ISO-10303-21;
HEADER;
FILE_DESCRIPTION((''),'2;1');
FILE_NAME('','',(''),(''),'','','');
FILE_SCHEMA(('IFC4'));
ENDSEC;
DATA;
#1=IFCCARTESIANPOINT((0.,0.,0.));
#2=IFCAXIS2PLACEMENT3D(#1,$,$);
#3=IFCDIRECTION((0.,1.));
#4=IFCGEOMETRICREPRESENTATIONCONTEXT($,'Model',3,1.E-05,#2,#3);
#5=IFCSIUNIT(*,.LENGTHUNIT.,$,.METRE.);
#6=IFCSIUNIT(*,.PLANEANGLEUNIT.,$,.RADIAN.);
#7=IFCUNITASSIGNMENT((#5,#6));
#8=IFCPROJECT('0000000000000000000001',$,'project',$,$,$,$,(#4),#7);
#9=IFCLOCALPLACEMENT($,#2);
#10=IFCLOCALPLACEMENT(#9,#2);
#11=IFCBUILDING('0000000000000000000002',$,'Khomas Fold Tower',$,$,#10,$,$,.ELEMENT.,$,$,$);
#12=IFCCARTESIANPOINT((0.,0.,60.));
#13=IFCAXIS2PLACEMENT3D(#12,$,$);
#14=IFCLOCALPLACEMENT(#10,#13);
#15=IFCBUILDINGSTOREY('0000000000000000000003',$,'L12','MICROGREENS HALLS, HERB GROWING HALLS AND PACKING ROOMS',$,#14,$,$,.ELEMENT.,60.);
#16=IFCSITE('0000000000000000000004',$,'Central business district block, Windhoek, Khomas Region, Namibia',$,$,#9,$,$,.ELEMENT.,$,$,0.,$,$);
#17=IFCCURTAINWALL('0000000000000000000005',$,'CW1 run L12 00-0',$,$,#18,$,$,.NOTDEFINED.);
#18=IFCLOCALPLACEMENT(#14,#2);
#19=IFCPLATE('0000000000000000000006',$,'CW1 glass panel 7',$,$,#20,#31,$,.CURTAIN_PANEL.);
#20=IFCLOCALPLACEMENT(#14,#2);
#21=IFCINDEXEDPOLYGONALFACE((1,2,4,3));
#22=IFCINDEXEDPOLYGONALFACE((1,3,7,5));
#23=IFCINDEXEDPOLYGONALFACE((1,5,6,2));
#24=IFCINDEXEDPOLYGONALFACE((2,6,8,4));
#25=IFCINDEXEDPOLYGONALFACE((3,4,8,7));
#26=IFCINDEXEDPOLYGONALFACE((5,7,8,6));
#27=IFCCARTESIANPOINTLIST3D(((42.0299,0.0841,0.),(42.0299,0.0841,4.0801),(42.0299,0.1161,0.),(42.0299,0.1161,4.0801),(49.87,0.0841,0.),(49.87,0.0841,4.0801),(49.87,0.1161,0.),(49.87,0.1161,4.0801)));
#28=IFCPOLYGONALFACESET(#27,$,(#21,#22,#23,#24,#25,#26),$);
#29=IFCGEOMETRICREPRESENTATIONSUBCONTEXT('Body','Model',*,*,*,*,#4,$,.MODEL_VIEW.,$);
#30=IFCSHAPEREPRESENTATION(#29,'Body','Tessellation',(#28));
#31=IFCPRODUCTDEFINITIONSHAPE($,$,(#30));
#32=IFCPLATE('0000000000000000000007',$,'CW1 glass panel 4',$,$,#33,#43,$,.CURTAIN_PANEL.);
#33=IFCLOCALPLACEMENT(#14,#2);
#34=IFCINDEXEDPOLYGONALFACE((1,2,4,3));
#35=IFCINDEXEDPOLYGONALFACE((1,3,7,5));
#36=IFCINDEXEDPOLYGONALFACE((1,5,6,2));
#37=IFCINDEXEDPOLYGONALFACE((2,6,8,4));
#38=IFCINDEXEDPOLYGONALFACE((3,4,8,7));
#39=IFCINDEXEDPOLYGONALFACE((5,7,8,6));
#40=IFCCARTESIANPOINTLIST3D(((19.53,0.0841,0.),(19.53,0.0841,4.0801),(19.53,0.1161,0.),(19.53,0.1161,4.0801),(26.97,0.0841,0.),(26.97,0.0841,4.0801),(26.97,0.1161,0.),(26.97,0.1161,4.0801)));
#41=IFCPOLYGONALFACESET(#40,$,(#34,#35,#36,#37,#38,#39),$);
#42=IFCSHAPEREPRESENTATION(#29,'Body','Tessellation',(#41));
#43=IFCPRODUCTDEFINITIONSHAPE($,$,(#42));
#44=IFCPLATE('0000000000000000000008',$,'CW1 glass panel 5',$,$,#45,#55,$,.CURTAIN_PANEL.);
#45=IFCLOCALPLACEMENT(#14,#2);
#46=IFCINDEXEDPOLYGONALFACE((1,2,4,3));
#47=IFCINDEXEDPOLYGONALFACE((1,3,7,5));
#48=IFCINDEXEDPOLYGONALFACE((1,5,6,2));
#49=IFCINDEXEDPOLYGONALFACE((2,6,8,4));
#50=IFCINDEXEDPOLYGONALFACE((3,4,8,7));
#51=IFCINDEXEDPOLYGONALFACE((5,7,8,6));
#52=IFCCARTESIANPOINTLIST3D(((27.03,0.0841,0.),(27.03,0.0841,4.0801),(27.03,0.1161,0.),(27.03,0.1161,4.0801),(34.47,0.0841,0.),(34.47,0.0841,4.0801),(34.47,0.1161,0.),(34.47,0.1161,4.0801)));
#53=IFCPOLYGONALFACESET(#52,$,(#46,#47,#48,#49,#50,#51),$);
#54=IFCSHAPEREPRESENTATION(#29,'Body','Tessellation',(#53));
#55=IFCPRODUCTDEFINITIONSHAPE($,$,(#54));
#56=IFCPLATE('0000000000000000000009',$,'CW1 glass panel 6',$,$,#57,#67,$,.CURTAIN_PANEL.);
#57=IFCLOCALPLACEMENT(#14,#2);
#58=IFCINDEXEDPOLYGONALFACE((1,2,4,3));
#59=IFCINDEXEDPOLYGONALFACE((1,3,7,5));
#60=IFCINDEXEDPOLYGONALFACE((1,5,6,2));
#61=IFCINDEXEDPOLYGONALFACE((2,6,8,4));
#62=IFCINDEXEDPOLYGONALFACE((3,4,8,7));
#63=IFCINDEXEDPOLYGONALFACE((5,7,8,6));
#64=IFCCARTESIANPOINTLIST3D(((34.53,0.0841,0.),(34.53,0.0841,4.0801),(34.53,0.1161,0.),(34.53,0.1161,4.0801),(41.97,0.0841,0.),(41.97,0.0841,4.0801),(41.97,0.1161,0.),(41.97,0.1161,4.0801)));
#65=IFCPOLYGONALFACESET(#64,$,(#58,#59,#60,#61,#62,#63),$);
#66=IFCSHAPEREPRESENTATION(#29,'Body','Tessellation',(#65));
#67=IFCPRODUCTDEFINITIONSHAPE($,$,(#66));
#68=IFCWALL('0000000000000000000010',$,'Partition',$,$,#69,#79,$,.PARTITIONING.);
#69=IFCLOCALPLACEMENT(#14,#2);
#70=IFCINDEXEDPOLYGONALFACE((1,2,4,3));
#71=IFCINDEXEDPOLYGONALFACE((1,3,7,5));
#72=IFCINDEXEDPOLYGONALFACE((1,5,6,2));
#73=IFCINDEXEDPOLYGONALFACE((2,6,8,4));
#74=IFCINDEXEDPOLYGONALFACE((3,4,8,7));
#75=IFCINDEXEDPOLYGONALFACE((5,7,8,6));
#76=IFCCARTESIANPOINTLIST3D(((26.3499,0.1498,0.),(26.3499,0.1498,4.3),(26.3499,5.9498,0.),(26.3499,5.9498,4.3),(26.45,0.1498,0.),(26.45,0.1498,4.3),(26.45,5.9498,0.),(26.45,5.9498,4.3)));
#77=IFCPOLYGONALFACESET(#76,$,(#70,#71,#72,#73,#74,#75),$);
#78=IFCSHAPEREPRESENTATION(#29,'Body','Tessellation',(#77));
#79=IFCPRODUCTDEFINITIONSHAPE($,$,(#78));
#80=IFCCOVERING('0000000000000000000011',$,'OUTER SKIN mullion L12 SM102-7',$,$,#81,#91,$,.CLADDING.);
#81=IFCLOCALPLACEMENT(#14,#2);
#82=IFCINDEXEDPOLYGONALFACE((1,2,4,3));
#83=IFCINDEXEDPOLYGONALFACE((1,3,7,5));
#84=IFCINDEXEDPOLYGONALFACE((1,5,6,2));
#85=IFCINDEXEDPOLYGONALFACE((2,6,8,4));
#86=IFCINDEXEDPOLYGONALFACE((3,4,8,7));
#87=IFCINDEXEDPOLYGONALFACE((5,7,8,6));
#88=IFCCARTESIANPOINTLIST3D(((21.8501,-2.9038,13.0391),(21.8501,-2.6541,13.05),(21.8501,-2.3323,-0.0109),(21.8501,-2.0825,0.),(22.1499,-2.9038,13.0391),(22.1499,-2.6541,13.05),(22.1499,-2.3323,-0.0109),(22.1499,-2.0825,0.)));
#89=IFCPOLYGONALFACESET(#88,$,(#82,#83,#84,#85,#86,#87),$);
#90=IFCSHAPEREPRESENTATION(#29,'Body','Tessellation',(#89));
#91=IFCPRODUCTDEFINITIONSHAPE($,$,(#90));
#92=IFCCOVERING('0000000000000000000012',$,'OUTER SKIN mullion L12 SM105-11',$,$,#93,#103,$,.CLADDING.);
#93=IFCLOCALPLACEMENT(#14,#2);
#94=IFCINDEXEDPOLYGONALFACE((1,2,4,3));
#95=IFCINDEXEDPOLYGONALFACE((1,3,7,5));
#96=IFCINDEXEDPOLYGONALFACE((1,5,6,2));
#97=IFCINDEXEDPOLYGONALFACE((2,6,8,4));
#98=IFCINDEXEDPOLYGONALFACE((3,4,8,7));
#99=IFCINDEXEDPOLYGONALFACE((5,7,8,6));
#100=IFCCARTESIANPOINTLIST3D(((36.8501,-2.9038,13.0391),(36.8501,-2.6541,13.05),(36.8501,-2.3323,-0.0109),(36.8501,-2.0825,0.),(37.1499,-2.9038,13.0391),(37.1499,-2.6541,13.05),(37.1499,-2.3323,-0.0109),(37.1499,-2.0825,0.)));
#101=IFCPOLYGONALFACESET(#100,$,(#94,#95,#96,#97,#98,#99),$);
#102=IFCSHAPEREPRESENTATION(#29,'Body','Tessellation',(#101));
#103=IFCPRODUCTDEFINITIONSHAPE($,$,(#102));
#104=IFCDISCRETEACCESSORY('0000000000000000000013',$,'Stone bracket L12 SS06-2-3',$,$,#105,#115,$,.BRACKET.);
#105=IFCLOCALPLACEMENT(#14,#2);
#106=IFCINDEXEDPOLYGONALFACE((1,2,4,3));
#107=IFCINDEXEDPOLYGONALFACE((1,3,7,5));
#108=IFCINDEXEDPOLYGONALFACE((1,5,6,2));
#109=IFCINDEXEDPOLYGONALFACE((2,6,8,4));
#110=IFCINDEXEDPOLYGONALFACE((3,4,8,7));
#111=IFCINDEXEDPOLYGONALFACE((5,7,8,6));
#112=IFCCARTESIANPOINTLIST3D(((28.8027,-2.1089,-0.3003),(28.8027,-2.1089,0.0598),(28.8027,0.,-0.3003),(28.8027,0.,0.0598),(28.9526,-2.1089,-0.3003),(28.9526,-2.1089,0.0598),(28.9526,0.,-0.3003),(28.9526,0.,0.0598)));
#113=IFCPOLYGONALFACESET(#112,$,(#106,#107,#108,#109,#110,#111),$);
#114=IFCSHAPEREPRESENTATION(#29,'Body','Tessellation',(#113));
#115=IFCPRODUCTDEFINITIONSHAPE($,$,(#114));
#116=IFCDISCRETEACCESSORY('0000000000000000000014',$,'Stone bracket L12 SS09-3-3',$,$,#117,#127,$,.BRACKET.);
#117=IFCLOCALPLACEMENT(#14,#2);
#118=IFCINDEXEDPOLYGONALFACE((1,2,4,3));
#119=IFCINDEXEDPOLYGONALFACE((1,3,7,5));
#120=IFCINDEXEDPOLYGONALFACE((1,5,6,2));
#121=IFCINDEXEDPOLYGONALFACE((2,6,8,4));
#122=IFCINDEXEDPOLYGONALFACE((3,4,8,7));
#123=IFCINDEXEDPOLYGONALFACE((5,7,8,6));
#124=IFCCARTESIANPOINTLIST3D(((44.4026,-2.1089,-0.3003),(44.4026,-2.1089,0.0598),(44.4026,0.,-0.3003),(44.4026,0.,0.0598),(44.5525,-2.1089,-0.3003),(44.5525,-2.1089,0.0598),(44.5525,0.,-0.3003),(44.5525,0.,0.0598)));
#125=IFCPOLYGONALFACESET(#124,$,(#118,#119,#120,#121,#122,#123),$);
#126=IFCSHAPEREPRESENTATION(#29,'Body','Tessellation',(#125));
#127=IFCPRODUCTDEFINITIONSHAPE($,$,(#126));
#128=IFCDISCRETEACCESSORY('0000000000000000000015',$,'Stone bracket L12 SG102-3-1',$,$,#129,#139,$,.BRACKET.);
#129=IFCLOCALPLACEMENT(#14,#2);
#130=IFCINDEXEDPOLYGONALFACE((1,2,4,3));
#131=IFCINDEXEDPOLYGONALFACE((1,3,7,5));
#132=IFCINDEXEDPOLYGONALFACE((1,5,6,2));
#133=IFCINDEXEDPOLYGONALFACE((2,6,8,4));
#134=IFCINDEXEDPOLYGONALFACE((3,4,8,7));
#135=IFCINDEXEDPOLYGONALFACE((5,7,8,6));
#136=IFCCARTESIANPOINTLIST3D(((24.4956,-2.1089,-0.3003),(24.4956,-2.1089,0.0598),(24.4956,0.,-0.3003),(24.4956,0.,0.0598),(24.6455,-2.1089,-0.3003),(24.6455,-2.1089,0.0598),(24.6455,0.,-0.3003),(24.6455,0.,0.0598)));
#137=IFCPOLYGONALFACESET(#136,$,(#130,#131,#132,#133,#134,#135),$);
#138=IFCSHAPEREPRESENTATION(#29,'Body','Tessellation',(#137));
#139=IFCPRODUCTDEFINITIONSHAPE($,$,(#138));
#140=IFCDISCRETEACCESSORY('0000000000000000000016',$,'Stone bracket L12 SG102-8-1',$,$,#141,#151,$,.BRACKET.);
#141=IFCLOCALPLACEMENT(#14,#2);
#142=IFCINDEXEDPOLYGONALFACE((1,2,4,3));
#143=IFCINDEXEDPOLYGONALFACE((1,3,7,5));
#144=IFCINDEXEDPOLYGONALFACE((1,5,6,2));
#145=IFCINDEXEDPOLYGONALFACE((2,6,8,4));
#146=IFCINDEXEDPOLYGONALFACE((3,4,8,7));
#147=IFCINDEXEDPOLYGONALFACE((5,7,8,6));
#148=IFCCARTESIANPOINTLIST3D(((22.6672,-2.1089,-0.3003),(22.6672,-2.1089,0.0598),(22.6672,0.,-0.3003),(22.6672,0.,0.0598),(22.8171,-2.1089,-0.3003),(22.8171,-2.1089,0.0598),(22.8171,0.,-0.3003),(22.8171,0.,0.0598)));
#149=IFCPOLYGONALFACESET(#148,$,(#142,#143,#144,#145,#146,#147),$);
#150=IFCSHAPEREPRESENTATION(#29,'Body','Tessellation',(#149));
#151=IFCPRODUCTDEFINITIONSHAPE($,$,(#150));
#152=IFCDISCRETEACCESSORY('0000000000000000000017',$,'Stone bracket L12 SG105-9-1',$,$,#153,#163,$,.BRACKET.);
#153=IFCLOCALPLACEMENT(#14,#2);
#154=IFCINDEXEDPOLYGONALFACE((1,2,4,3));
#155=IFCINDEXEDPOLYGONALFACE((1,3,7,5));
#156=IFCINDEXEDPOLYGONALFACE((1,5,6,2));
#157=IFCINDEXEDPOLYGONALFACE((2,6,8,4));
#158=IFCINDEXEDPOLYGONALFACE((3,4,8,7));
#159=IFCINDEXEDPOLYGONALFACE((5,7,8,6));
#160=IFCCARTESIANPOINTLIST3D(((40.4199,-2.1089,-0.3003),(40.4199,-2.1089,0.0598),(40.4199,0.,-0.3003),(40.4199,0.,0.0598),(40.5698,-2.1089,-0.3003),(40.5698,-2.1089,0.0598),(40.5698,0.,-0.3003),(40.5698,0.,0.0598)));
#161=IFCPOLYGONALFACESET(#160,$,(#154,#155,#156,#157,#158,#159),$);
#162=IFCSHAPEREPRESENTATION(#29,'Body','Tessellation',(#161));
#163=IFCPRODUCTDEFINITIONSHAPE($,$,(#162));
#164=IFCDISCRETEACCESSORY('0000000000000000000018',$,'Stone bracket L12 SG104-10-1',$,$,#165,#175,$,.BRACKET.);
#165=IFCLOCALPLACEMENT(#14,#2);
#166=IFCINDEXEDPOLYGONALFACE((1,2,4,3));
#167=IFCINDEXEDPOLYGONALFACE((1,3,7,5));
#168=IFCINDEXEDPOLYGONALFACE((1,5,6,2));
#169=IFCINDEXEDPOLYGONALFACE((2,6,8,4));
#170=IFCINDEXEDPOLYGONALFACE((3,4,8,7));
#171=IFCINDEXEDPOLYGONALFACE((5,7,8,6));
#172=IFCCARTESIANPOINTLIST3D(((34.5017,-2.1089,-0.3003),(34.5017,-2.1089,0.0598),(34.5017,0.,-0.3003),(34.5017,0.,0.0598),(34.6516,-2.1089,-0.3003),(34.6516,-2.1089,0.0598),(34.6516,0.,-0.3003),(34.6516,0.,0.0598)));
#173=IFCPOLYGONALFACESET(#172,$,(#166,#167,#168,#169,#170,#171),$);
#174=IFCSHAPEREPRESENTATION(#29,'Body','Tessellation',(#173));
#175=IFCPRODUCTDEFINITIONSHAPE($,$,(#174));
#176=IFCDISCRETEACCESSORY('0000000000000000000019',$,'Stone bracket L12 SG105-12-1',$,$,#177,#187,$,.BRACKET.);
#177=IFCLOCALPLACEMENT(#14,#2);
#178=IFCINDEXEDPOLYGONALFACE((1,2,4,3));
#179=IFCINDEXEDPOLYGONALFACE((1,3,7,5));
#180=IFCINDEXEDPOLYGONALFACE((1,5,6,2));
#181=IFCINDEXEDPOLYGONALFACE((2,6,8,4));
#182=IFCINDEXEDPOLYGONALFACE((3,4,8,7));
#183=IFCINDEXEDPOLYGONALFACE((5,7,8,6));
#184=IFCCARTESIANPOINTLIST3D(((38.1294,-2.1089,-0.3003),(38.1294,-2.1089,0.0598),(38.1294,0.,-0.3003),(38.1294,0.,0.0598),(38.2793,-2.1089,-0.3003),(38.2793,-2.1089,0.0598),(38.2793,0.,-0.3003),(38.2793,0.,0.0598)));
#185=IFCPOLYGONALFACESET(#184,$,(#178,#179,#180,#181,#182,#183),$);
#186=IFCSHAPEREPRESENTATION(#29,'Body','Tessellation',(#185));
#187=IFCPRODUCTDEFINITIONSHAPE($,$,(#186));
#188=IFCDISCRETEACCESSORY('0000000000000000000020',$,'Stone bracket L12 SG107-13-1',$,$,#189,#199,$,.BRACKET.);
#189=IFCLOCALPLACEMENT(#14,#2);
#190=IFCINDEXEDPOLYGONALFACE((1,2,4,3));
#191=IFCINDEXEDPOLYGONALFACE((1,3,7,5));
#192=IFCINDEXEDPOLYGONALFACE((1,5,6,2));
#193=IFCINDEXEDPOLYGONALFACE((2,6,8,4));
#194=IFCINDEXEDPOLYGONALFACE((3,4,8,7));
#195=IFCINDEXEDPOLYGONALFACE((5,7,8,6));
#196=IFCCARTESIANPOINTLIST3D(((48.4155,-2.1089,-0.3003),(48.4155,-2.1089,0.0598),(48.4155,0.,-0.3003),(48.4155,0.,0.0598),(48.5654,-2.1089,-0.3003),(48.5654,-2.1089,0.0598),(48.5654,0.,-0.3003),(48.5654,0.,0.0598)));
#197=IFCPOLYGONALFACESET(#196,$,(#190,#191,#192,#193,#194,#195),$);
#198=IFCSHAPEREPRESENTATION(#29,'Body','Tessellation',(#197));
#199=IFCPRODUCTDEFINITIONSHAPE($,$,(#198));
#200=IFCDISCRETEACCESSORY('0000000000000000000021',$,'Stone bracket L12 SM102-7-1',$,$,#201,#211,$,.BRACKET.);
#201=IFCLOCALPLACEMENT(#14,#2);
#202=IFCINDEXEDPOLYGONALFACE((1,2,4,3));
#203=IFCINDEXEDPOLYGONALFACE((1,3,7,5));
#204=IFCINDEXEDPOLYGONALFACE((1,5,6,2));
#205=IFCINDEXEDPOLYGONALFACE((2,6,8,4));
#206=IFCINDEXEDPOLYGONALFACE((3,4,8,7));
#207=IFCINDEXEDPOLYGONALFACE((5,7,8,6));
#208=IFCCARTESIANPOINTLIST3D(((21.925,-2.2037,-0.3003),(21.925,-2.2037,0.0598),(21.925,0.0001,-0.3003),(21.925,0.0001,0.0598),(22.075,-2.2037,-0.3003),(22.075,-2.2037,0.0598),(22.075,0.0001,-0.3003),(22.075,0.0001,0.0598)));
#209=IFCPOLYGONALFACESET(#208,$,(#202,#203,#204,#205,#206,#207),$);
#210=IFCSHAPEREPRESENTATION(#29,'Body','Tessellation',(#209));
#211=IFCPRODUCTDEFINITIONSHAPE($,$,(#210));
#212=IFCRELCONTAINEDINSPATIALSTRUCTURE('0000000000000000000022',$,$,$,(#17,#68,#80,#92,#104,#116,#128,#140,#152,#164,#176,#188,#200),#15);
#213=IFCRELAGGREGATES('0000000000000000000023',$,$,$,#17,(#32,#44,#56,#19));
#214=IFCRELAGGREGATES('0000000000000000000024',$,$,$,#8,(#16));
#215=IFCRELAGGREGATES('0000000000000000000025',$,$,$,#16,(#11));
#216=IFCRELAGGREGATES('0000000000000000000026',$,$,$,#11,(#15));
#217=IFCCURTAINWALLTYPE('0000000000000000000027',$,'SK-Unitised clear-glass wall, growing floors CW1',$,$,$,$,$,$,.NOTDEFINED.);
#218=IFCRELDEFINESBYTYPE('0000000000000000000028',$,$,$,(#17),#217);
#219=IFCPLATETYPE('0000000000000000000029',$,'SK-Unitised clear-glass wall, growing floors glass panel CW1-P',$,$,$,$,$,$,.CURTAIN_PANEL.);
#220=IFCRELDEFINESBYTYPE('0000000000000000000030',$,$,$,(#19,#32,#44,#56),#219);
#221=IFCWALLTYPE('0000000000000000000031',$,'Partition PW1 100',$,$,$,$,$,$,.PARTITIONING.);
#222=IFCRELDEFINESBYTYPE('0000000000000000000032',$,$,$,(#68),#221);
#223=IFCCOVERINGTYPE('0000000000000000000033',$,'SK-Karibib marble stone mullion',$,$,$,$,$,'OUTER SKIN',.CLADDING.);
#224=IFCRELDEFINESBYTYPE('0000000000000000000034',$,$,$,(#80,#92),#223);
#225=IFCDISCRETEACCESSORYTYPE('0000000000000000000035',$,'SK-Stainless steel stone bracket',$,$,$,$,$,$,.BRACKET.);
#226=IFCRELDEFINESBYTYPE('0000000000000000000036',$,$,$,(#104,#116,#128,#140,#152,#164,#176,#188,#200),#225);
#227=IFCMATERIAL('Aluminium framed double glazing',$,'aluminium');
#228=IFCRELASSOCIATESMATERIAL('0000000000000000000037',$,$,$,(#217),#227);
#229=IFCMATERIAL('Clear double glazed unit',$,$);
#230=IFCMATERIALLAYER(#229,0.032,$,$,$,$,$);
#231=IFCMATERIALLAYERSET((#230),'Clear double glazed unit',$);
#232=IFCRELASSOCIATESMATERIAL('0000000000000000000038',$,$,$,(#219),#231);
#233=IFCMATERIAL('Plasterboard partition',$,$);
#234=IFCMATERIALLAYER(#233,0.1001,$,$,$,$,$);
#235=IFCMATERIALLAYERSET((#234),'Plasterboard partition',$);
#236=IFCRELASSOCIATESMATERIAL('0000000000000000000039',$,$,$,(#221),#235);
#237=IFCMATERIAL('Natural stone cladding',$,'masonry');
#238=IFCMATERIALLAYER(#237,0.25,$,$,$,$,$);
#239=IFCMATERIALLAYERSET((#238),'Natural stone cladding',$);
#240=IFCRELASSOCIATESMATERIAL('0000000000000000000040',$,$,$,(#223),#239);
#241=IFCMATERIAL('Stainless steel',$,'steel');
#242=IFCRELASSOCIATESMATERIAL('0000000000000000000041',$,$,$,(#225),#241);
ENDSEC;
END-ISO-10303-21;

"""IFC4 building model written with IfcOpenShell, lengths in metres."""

from ifc_helpers import new_model, si_unit, direction, frame, frame_2d, origin, origin_2d, place, context, subcontext, project, spatial, polyline, rectangle, outline, extrude, source, transform, mapped, material, layer, layer_set, type_object, element, aggregate, save


model = new_model("IFC4")

# Units and contexts
model_context = context("Model", 3, precision=1e-05, world=origin(), true_north=direction((0.0, 1.0)))
body_context = subcontext(model_context, "Body", "Model", "MODEL_VIEW")
ifc_project = project(units=[si_unit("LENGTHUNIT", "METRE"), si_unit("PLANEANGLEUNIT", "RADIAN")], contexts=[model_context])

# Site, building, storey
site_placement = place(None, origin())
site = spatial("IfcSite", under=ifc_project, at=site_placement, Name="Central business district block, Windhoek, Khomas Region, Namibia", CompositionType="ELEMENT", RefElevation=0.0)
building_placement = place(site_placement, origin())
building = spatial("IfcBuilding", under=site, at=building_placement, Name="Khomas Fold Tower", CompositionType="ELEMENT")
storey_placement = place(building_placement, frame((0.0, 0.0, 60.0)))
storey = spatial("IfcBuildingStorey", under=building, at=storey_placement, Name="L12", Description="MICROGREENS HALLS, HERB GROWING HALLS AND PACKING ROOMS", CompositionType="ELEMENT", Elevation=60.0)

# Curtain wall
ifc_material_1 = material(Name="Aluminium framed double glazing", Category="aluminium")
curtain_wall_type = type_object("IfcCurtainWallType", Name="SK-Unitised clear-glass wall, growing floors CW1", PredefinedType="NOTDEFINED", material=ifc_material_1)
curtain_wall_placement = place(storey_placement, origin())
curtain_wall = element("IfcCurtainWall", 1, at=curtain_wall_placement, inside=storey, type_object=curtain_wall_type, Name="CW1 run L12 00-0", PredefinedType="NOTDEFINED")

# Plates
ifc_material_2 = material(Name="Clear double glazed unit")
ifc_layer_1 = layer(ifc_material_2, 0.032)
ifc_layer_set_1 = layer_set([ifc_layer_1], Name="Clear double glazed unit")
plate_type_1 = type_object("IfcPlateType", Name="SK-Unitised clear-glass wall, growing floors glass panel CW1-P", PredefinedType="CURTAIN_PANEL", material=ifc_layer_set_1)
shared_shape_1 = source(origin(), body_context, "Body", "SweptSolid", [
    extrude(rectangle(XDim=7.8401, YDim=0.032, at=origin_2d()), origin(), (0.0, 0.0, 1.0), 4.0801),
])
plate_1_placement = place(storey_placement, frame((45.95, 0.1001, 0.0), z_axis=(0.0, 0.0, 1.0), x_axis=(1.0, 0.0, 0.0)))
plate_1 = element("IfcPlate", 2, at=plate_1_placement, type_object=plate_type_1, Name="CW1 glass panel 7", PredefinedType="CURTAIN_PANEL", context=body_context, shape_type="MappedRepresentation", body=[
    mapped(shared_shape_1, transform((0.0, 0.0, 0.0))),
])
shared_shape_2 = source(origin(), body_context, "Body", "SweptSolid", [
    extrude(rectangle(XDim=7.4399, YDim=0.032, at=origin_2d()), origin(), (0.0, 0.0, 1.0), 4.0801),
])
plate_2_placement = place(storey_placement, frame((23.25, 0.1001, 0.0), z_axis=(0.0, 0.0, 1.0), x_axis=(1.0, 0.0, 0.0)))
plate_2 = element("IfcPlate", 3, at=plate_2_placement, type_object=plate_type_1, Name="CW1 glass panel 4", PredefinedType="CURTAIN_PANEL", context=body_context, shape_type="MappedRepresentation", body=[
    mapped(shared_shape_2, transform((0.0, 0.0, 0.0))),
])
plate_3_placement = place(storey_placement, frame((30.75, 0.1001, 0.0), z_axis=(0.0, 0.0, 1.0), x_axis=(1.0, 0.0, 0.0)))
plate_3 = element("IfcPlate", 4, at=plate_3_placement, type_object=plate_type_1, Name="CW1 glass panel 5", PredefinedType="CURTAIN_PANEL", context=body_context, shape_type="MappedRepresentation", body=[
    mapped(shared_shape_2, transform((0.0, 0.0, 0.0))),
])
plate_4_placement = place(storey_placement, frame((38.25, 0.1001, 0.0), z_axis=(0.0, 0.0, 1.0), x_axis=(1.0, 0.0, 0.0)))
plate_4 = element("IfcPlate", 5, at=plate_4_placement, type_object=plate_type_1, Name="CW1 glass panel 6", PredefinedType="CURTAIN_PANEL", context=body_context, shape_type="MappedRepresentation", body=[
    mapped(shared_shape_2, transform((0.0, 0.0, 0.0))),
])
aggregate(curtain_wall, [plate_2, plate_3, plate_4, plate_1])

# Wall
ifc_material_3 = material(Name="Plasterboard partition")
ifc_layer_2 = layer(ifc_material_3, 0.1001)
ifc_layer_set_2 = layer_set([ifc_layer_2], Name="Plasterboard partition")
wall_type = type_object("IfcWallType", Name="Partition PW1 100", PredefinedType="PARTITIONING", material=ifc_layer_set_2)
shared_shape_3 = source(origin(), body_context, "Body", "SweptSolid", [
    extrude(rectangle(XDim=5.8, YDim=0.1001, at=frame_2d((2.8999, 0.0))), origin(), (0.0, 0.0, 1.0), 4.3),
])
wall_placement = place(storey_placement, frame((26.3999, 0.1499, 0.0), z_axis=(0.0, 0.0, 1.0), x_axis=(0.0, 1.0, 0.0)))
element("IfcWall", 6, at=wall_placement, inside=storey, type_object=wall_type, Name="Partition", PredefinedType="PARTITIONING", context=body_context, shape_type="MappedRepresentation", body=[
    mapped(shared_shape_3, transform((0.0, 0.0, 0.0))),
])

# Coverings
ifc_material_4 = material(Name="Natural stone cladding", Category="masonry")
ifc_layer_3 = layer(ifc_material_4, 0.25)
ifc_layer_set_3 = layer_set([ifc_layer_3], Name="Natural stone cladding")
covering_type = type_object("IfcCoveringType", Name="SK-Karibib marble stone mullion", ElementType="OUTER SKIN", PredefinedType="CLADDING", material=ifc_layer_set_3)
for number, where, z_axis, x_axis, name in (
    (7, (21.8501, -2.0825, 0.0), (0.0, 0.999042, 0.043754), (0.0, -0.043754, 0.999042), "OUTER SKIN mullion L12 SM102-7"),
    (8, (36.8501, -2.0825, 0.0), (0.0, 0.999042, 0.043754), (0.0, -0.043754, 0.999042), "OUTER SKIN mullion L12 SM105-11"),
):
    element("IfcCovering", number, at=place(storey_placement, frame(where, z_axis=z_axis, x_axis=x_axis)), inside=storey, type_object=covering_type, Name=name, PredefinedType="CLADDING", context=body_context, shape_type="SweptSolid", body=[
        extrude(outline(polyline([(0.0, 0.0), (13.0626, 0.0), (13.0626, 0.2998), (0.0, 0.2998), (0.0, 0.0)])), origin(), (0.0, 0.0, -1.0), 0.25),
    ])

# Discrete accessories
ifc_material_5 = material(Name="Stainless steel", Category="steel")
discrete_accessory_type = type_object("IfcDiscreteAccessoryType", Name="SK-Stainless steel stone bracket", PredefinedType="BRACKET", material=ifc_material_5)
shared_shape_4 = source(origin(), body_context, "Body", "SweptSolid", [
    extrude(rectangle(XDim=2.1089, YDim=0.1499, at=origin_2d()), origin(), (0.0, 0.0, 1.0), 0.3601),
])
for number, where, z_axis, x_axis, name in (
    (9, (28.8777, -1.0544, -0.3003), (0.0, 0.0, 1.0), (0.0, -1.0, 0.0), "Stone bracket L12 SS06-2-3"),
    (10, (44.4775, -1.0544, -0.3003), (0.0, 0.0, 1.0), (0.0, -1.0, 0.0), "Stone bracket L12 SS09-3-3"),
    (11, (24.5706, -1.0544, -0.3003), (0.0, 0.0, 1.0), (0.0, -1.0, 0.0), "Stone bracket L12 SG102-3-1"),
    (12, (22.7422, -1.0544, -0.3003), (0.0, 0.0, 1.0), (0.0, -1.0, 0.0), "Stone bracket L12 SG102-8-1"),
    (13, (40.4949, -1.0544, -0.3003), (0.0, 0.0, 1.0), (0.0, -1.0, 0.0), "Stone bracket L12 SG105-9-1"),
    (14, (34.5767, -1.0544, -0.3003), (0.0, 0.0, 1.0), (0.0, -1.0, 0.0), "Stone bracket L12 SG104-10-1"),
    (15, (38.2043, -1.0544, -0.3003), (0.0, 0.0, 1.0), (0.0, -1.0, 0.0), "Stone bracket L12 SG105-12-1"),
    (16, (48.4905, -1.0544, -0.3003), (0.0, 0.0, 1.0), (0.0, -1.0, 0.0), "Stone bracket L12 SG107-13-1"),
):
    element("IfcDiscreteAccessory", number, at=place(storey_placement, frame(where, z_axis=z_axis, x_axis=x_axis)), inside=storey, type_object=discrete_accessory_type, Name=name, PredefinedType="BRACKET", context=body_context, shape_type="MappedRepresentation", body=[
        mapped(shared_shape_4, transform((0.0, 0.0, 0.0))),
    ])
shared_shape_5 = source(origin(), body_context, "Body", "SweptSolid", [
    extrude(rectangle(XDim=2.2039, YDim=0.1499, at=origin_2d()), origin(), (0.0, 0.0, 1.0), 0.3601),
])
for number, where, z_axis, x_axis, name in (
    (17, (22.0, -1.1018, -0.3003), (0.0, 0.0, 1.0), (0.0, -1.0, 0.0), "Stone bracket L12 SM102-7-1"),
):
    element("IfcDiscreteAccessory", number, at=place(storey_placement, frame(where, z_axis=z_axis, x_axis=x_axis)), inside=storey, type_object=discrete_accessory_type, Name=name, PredefinedType="BRACKET", context=body_context, shape_type="MappedRepresentation", body=[
        mapped(shared_shape_5, transform((0.0, 0.0, 0.0))),
    ])

save(model, "model.ifc")
